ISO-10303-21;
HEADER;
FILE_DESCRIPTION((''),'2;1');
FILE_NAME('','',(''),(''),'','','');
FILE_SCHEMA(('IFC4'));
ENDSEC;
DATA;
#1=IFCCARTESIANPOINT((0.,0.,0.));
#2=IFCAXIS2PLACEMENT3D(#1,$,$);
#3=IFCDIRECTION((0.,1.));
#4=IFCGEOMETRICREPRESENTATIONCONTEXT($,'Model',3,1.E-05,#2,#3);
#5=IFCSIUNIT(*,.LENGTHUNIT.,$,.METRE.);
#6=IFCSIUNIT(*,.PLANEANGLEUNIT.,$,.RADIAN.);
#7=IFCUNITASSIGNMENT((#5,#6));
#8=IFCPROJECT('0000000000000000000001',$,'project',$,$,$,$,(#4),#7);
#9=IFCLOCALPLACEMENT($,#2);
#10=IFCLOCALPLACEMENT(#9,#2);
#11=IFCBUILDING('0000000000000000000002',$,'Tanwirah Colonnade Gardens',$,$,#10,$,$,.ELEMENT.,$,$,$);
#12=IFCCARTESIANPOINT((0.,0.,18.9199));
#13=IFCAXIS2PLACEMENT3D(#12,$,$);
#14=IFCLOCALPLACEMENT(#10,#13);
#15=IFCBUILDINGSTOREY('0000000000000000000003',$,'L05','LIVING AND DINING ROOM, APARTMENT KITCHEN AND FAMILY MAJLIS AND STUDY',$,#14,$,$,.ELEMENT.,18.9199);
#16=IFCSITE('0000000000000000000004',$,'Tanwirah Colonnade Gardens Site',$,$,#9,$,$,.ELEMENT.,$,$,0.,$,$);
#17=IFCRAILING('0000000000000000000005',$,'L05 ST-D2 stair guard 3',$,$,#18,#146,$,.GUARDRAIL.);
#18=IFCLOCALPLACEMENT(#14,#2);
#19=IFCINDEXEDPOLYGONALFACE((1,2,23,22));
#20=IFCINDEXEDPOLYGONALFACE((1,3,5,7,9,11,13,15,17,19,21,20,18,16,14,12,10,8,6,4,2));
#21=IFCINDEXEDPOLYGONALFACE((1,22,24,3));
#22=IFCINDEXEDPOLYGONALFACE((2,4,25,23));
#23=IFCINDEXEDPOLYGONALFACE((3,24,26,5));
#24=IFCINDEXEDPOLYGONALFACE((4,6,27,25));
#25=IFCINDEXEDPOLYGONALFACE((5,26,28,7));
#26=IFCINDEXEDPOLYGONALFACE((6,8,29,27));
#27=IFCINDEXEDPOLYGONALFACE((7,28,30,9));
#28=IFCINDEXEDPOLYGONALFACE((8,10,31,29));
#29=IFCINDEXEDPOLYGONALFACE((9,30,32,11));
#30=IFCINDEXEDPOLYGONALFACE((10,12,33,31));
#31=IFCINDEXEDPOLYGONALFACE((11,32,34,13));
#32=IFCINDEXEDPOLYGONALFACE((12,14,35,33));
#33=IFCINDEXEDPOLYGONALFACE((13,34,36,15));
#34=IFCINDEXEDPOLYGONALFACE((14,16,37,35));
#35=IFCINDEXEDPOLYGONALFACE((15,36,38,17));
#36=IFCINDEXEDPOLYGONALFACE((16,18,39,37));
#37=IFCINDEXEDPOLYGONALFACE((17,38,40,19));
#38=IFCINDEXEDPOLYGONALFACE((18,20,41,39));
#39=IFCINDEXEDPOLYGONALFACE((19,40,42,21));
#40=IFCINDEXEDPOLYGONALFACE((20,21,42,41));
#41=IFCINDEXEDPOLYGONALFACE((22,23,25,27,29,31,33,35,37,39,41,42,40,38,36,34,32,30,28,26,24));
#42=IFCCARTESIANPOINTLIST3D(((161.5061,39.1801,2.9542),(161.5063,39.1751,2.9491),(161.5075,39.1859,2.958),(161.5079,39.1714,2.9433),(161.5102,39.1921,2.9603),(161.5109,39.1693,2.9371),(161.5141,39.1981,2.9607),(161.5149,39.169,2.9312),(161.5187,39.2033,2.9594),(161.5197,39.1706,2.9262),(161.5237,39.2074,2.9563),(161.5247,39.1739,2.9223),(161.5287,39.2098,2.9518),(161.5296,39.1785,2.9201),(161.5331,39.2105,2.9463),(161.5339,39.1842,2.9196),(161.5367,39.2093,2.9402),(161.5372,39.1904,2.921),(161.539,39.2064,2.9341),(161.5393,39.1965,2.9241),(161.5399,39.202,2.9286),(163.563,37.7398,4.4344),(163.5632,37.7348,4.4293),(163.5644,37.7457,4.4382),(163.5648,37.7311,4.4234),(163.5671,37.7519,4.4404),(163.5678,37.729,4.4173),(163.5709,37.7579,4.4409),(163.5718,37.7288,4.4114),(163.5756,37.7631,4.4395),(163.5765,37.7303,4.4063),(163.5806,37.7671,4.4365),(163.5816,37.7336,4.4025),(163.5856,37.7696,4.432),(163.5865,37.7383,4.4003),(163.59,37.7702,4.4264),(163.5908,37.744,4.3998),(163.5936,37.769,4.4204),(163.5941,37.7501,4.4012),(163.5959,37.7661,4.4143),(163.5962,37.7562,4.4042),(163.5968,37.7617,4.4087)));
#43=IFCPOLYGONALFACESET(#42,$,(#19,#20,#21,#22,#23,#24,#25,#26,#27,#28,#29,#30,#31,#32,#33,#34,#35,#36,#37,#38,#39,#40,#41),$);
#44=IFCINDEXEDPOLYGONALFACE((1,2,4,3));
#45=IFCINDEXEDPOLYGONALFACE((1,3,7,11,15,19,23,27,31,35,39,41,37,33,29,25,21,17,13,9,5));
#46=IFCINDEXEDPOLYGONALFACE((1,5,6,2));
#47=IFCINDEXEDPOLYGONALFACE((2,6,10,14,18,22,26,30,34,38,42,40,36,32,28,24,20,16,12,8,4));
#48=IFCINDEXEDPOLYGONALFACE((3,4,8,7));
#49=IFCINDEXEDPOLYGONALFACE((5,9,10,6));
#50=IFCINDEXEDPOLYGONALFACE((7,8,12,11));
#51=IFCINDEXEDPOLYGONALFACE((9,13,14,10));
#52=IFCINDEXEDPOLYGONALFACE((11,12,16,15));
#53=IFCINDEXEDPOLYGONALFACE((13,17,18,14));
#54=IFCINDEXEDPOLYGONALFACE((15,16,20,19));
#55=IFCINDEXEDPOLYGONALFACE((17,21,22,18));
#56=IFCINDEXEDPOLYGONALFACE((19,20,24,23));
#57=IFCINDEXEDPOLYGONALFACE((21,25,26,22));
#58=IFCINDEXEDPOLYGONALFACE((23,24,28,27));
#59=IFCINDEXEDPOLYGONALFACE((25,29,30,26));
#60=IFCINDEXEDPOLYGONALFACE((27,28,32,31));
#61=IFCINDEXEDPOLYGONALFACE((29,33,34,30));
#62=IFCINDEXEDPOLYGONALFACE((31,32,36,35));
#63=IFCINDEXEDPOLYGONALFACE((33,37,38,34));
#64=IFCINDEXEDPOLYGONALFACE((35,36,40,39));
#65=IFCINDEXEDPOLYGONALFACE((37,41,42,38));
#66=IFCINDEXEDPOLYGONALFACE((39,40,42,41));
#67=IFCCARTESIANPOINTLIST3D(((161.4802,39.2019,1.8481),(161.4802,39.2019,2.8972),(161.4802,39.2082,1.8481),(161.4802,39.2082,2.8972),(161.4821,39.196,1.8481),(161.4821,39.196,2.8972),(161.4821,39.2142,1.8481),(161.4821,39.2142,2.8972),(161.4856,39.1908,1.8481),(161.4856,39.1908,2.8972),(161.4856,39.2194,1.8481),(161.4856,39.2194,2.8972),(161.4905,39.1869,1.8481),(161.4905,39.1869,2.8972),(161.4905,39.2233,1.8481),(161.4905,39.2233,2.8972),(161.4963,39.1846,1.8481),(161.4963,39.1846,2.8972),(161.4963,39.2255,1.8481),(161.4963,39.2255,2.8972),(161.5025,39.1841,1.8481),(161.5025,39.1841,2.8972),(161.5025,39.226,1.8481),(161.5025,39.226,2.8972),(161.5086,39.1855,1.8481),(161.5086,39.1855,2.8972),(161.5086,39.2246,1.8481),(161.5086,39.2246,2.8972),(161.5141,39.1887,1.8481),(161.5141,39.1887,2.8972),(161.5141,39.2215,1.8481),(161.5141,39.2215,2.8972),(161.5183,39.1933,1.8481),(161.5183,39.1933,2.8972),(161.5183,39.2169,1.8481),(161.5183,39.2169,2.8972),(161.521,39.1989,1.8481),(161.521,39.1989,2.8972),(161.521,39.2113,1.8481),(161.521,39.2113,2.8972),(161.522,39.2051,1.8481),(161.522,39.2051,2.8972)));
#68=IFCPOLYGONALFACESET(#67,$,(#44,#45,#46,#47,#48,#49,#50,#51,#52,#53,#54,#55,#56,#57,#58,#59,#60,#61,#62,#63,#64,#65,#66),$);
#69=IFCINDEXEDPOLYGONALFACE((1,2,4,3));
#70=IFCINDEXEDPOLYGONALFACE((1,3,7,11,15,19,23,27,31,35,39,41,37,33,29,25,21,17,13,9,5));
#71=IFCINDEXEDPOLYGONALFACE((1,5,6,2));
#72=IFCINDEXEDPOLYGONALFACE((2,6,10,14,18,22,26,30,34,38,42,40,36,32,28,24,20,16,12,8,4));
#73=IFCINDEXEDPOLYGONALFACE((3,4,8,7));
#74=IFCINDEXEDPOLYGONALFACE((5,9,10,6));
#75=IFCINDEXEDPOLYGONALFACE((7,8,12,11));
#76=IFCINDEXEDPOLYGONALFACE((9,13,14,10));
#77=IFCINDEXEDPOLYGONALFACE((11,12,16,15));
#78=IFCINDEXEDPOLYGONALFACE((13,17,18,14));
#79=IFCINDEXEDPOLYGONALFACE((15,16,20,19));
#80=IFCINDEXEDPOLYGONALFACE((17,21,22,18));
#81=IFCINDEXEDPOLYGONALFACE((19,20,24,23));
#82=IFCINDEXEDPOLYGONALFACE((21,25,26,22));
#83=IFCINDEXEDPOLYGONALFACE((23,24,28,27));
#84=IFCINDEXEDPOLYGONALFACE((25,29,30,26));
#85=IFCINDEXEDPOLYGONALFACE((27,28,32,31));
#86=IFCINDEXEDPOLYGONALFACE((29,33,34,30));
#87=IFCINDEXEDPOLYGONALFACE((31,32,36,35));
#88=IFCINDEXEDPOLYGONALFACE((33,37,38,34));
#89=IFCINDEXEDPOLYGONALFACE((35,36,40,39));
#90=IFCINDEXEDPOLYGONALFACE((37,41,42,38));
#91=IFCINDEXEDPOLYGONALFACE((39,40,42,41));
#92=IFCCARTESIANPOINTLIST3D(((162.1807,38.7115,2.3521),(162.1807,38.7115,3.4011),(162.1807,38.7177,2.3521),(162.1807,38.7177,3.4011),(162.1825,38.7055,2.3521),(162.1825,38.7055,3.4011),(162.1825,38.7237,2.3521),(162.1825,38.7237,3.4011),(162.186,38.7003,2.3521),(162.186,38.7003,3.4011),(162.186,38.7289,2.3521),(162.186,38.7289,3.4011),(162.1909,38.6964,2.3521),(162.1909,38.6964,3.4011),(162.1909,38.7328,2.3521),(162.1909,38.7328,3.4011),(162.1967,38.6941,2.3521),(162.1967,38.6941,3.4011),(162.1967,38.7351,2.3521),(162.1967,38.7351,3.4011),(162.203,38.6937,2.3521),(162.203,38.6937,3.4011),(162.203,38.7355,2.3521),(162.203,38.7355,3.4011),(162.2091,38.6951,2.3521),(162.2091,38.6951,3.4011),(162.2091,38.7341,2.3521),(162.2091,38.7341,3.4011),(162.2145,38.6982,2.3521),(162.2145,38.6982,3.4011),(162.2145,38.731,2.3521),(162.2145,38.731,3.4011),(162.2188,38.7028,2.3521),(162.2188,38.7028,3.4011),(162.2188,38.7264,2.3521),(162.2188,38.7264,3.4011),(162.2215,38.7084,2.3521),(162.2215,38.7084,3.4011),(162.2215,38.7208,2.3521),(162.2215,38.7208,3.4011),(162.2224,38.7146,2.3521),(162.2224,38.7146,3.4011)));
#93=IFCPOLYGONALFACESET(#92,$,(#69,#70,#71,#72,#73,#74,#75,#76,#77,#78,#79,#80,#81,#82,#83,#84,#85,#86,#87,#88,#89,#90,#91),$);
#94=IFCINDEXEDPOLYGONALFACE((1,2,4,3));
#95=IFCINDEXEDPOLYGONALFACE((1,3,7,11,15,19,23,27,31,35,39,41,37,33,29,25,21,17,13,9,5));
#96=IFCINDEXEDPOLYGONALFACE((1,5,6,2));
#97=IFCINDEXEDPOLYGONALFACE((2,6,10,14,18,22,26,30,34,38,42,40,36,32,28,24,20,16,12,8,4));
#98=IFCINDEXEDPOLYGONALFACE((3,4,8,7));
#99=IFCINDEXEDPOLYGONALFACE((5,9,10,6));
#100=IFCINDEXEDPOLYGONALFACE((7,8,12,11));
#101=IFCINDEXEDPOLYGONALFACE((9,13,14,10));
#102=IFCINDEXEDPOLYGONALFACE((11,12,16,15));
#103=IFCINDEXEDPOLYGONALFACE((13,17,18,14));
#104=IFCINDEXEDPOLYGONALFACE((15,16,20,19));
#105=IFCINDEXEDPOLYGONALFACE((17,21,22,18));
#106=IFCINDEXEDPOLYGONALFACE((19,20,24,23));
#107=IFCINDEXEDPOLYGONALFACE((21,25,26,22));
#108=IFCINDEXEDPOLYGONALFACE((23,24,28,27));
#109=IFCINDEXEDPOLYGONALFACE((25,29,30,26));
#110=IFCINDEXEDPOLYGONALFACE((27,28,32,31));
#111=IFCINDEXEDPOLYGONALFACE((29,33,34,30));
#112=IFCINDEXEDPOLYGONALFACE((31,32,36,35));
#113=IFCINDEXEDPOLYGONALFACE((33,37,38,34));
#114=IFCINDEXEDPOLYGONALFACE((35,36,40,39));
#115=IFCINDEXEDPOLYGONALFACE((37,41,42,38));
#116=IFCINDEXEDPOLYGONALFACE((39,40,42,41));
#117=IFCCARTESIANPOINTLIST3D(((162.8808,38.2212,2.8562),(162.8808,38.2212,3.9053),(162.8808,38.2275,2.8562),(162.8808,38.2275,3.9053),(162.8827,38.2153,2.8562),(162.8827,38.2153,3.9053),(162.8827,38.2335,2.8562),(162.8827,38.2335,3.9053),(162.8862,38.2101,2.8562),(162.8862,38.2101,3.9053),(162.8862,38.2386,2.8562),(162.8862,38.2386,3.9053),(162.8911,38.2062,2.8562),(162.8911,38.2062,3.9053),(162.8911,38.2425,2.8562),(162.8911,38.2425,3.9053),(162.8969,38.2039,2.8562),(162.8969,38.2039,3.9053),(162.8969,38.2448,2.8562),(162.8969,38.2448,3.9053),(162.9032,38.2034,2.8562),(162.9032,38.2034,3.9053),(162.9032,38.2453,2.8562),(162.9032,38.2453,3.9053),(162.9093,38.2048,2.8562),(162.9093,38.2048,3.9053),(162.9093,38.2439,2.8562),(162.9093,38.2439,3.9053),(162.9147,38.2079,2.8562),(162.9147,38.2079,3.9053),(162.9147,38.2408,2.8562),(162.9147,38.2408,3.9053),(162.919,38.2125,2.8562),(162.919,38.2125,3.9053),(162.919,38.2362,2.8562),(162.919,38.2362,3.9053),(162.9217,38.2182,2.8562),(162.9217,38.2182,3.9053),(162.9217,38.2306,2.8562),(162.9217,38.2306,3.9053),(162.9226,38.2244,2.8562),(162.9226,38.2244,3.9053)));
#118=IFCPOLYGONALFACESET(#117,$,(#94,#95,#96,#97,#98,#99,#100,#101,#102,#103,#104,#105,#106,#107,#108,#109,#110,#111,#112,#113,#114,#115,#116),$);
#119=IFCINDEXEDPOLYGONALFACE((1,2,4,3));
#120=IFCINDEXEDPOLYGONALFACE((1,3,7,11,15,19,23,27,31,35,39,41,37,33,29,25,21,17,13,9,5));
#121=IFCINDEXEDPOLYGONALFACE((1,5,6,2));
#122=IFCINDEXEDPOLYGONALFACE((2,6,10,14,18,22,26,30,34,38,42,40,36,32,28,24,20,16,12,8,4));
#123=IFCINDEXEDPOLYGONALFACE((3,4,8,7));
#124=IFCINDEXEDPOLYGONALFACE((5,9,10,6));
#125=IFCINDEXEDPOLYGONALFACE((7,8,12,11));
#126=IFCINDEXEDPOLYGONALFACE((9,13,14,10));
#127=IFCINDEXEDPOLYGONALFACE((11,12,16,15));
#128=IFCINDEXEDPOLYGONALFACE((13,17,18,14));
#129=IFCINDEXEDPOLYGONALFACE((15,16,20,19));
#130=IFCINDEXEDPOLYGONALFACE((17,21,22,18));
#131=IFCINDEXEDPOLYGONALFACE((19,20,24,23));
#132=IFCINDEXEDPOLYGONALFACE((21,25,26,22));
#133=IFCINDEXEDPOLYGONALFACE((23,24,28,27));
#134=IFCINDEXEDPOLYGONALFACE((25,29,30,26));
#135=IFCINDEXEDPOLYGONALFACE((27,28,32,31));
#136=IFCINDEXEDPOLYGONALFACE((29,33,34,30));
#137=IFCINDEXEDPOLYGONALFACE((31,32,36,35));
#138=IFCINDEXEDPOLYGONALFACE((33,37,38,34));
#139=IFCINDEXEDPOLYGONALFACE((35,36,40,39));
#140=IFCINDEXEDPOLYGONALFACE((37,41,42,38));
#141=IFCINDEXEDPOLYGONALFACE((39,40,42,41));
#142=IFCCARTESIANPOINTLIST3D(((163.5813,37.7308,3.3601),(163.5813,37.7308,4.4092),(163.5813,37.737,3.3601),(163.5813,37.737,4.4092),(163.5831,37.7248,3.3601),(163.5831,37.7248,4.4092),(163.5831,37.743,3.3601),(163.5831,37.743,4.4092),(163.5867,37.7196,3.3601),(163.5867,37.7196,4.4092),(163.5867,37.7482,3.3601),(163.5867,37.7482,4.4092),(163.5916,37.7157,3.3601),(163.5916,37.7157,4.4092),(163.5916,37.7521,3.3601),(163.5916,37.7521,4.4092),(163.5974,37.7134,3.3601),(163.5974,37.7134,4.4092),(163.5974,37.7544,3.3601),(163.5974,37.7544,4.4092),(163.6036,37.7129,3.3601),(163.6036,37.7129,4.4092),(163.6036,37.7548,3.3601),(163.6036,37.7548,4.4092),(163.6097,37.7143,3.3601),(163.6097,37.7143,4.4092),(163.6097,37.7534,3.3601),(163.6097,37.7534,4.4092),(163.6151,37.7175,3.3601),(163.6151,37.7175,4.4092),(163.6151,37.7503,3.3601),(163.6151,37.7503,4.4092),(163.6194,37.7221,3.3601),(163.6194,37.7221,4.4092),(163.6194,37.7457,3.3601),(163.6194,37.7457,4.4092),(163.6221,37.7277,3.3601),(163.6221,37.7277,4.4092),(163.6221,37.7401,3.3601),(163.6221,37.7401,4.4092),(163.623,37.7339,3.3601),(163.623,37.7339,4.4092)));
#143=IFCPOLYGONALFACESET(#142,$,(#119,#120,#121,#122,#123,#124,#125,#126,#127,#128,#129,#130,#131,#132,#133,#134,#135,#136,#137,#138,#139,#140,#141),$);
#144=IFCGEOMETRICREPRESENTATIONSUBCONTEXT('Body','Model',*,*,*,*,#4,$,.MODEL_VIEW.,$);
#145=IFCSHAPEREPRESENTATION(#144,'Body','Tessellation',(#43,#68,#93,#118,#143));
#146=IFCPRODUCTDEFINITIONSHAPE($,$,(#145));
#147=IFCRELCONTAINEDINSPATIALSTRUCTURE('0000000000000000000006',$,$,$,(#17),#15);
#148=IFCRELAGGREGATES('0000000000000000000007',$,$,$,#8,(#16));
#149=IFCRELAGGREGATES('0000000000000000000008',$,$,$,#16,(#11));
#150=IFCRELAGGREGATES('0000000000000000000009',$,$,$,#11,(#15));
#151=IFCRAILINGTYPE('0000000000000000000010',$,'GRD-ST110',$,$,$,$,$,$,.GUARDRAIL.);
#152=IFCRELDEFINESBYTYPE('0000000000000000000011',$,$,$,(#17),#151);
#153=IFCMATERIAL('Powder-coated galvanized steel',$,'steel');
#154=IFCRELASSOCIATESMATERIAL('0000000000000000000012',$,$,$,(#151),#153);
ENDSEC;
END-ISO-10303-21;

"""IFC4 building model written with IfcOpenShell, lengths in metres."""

from ifc_helpers import new_model, si_unit, direction, frame, origin, origin_2d, place, context, subcontext, project, spatial, circle, extrude, material, type_object, element, save


model = new_model("IFC4")

# Units and contexts
model_context = context("Model", 3, precision=1e-05, world=origin(), true_north=direction((0.0, 1.0)))
body_context = subcontext(model_context, "Body", "Model", "MODEL_VIEW")
ifc_project = project(units=[si_unit("LENGTHUNIT", "METRE"), si_unit("PLANEANGLEUNIT", "RADIAN")], contexts=[model_context])

# Site, building, storey
site_placement = place(None, origin())
site = spatial("IfcSite", under=ifc_project, at=site_placement, Name="Tanwirah Colonnade Gardens Site", CompositionType="ELEMENT", RefElevation=0.0)
building_placement = place(site_placement, origin())
building = spatial("IfcBuilding", under=site, at=building_placement, Name="Tanwirah Colonnade Gardens", CompositionType="ELEMENT")
storey_placement = place(building_placement, frame((0.0, 0.0, 18.9199)))
storey = spatial("IfcBuildingStorey", under=building, at=storey_placement, Name="L05", Description="LIVING AND DINING ROOM, APARTMENT KITCHEN AND FAMILY MAJLIS AND STUDY", CompositionType="ELEMENT", Elevation=18.9199)

# Railing
ifc_material_1 = material(Name="Powder-coated galvanized steel", Category="steel")
railing_type_1 = type_object("IfcRailingType", Name="GRD-ST110", PredefinedType="GUARDRAIL", material=ifc_material_1)
railing_1_placement = place(storey_placement, frame((161.501, 39.2051, 1.8481)))
element("IfcRailing", 1, at=railing_1_placement, inside=storey, type_object=railing_type_1, Name="L05 ST-D2 stair guard 3", PredefinedType="GUARDRAIL", context=body_context, shape_type="SweptSolid", body=[
    extrude(circle(Radius=0.0239, at=origin_2d()), frame((0.022, -0.0154, 1.092), z_axis=(0.705673, -0.494118, 0.507812), x_axis=(0.573577, 0.819151, 0.0)), (0.0, 0.0, 1.0), 2.9148),
    extrude(circle(Radius=0.021, at=origin_2d()), origin(), (0.0, 0.0, 1.0), 1.0491),
    extrude(circle(Radius=0.021, at=origin_2d()), frame((0.7004, -0.4905, 0.5039)), (0.0, 0.0, 1.0), 1.0491),
    extrude(circle(Radius=0.021, at=origin_2d()), frame((1.4006, -0.9807, 1.0081)), (0.0, 0.0, 1.0), 1.0491),
    extrude(circle(Radius=0.021, at=origin_2d()), frame((2.1011, -1.4712, 1.512)), (0.0, 0.0, 1.0), 1.0491),
])

save(model, "model.ifc")
